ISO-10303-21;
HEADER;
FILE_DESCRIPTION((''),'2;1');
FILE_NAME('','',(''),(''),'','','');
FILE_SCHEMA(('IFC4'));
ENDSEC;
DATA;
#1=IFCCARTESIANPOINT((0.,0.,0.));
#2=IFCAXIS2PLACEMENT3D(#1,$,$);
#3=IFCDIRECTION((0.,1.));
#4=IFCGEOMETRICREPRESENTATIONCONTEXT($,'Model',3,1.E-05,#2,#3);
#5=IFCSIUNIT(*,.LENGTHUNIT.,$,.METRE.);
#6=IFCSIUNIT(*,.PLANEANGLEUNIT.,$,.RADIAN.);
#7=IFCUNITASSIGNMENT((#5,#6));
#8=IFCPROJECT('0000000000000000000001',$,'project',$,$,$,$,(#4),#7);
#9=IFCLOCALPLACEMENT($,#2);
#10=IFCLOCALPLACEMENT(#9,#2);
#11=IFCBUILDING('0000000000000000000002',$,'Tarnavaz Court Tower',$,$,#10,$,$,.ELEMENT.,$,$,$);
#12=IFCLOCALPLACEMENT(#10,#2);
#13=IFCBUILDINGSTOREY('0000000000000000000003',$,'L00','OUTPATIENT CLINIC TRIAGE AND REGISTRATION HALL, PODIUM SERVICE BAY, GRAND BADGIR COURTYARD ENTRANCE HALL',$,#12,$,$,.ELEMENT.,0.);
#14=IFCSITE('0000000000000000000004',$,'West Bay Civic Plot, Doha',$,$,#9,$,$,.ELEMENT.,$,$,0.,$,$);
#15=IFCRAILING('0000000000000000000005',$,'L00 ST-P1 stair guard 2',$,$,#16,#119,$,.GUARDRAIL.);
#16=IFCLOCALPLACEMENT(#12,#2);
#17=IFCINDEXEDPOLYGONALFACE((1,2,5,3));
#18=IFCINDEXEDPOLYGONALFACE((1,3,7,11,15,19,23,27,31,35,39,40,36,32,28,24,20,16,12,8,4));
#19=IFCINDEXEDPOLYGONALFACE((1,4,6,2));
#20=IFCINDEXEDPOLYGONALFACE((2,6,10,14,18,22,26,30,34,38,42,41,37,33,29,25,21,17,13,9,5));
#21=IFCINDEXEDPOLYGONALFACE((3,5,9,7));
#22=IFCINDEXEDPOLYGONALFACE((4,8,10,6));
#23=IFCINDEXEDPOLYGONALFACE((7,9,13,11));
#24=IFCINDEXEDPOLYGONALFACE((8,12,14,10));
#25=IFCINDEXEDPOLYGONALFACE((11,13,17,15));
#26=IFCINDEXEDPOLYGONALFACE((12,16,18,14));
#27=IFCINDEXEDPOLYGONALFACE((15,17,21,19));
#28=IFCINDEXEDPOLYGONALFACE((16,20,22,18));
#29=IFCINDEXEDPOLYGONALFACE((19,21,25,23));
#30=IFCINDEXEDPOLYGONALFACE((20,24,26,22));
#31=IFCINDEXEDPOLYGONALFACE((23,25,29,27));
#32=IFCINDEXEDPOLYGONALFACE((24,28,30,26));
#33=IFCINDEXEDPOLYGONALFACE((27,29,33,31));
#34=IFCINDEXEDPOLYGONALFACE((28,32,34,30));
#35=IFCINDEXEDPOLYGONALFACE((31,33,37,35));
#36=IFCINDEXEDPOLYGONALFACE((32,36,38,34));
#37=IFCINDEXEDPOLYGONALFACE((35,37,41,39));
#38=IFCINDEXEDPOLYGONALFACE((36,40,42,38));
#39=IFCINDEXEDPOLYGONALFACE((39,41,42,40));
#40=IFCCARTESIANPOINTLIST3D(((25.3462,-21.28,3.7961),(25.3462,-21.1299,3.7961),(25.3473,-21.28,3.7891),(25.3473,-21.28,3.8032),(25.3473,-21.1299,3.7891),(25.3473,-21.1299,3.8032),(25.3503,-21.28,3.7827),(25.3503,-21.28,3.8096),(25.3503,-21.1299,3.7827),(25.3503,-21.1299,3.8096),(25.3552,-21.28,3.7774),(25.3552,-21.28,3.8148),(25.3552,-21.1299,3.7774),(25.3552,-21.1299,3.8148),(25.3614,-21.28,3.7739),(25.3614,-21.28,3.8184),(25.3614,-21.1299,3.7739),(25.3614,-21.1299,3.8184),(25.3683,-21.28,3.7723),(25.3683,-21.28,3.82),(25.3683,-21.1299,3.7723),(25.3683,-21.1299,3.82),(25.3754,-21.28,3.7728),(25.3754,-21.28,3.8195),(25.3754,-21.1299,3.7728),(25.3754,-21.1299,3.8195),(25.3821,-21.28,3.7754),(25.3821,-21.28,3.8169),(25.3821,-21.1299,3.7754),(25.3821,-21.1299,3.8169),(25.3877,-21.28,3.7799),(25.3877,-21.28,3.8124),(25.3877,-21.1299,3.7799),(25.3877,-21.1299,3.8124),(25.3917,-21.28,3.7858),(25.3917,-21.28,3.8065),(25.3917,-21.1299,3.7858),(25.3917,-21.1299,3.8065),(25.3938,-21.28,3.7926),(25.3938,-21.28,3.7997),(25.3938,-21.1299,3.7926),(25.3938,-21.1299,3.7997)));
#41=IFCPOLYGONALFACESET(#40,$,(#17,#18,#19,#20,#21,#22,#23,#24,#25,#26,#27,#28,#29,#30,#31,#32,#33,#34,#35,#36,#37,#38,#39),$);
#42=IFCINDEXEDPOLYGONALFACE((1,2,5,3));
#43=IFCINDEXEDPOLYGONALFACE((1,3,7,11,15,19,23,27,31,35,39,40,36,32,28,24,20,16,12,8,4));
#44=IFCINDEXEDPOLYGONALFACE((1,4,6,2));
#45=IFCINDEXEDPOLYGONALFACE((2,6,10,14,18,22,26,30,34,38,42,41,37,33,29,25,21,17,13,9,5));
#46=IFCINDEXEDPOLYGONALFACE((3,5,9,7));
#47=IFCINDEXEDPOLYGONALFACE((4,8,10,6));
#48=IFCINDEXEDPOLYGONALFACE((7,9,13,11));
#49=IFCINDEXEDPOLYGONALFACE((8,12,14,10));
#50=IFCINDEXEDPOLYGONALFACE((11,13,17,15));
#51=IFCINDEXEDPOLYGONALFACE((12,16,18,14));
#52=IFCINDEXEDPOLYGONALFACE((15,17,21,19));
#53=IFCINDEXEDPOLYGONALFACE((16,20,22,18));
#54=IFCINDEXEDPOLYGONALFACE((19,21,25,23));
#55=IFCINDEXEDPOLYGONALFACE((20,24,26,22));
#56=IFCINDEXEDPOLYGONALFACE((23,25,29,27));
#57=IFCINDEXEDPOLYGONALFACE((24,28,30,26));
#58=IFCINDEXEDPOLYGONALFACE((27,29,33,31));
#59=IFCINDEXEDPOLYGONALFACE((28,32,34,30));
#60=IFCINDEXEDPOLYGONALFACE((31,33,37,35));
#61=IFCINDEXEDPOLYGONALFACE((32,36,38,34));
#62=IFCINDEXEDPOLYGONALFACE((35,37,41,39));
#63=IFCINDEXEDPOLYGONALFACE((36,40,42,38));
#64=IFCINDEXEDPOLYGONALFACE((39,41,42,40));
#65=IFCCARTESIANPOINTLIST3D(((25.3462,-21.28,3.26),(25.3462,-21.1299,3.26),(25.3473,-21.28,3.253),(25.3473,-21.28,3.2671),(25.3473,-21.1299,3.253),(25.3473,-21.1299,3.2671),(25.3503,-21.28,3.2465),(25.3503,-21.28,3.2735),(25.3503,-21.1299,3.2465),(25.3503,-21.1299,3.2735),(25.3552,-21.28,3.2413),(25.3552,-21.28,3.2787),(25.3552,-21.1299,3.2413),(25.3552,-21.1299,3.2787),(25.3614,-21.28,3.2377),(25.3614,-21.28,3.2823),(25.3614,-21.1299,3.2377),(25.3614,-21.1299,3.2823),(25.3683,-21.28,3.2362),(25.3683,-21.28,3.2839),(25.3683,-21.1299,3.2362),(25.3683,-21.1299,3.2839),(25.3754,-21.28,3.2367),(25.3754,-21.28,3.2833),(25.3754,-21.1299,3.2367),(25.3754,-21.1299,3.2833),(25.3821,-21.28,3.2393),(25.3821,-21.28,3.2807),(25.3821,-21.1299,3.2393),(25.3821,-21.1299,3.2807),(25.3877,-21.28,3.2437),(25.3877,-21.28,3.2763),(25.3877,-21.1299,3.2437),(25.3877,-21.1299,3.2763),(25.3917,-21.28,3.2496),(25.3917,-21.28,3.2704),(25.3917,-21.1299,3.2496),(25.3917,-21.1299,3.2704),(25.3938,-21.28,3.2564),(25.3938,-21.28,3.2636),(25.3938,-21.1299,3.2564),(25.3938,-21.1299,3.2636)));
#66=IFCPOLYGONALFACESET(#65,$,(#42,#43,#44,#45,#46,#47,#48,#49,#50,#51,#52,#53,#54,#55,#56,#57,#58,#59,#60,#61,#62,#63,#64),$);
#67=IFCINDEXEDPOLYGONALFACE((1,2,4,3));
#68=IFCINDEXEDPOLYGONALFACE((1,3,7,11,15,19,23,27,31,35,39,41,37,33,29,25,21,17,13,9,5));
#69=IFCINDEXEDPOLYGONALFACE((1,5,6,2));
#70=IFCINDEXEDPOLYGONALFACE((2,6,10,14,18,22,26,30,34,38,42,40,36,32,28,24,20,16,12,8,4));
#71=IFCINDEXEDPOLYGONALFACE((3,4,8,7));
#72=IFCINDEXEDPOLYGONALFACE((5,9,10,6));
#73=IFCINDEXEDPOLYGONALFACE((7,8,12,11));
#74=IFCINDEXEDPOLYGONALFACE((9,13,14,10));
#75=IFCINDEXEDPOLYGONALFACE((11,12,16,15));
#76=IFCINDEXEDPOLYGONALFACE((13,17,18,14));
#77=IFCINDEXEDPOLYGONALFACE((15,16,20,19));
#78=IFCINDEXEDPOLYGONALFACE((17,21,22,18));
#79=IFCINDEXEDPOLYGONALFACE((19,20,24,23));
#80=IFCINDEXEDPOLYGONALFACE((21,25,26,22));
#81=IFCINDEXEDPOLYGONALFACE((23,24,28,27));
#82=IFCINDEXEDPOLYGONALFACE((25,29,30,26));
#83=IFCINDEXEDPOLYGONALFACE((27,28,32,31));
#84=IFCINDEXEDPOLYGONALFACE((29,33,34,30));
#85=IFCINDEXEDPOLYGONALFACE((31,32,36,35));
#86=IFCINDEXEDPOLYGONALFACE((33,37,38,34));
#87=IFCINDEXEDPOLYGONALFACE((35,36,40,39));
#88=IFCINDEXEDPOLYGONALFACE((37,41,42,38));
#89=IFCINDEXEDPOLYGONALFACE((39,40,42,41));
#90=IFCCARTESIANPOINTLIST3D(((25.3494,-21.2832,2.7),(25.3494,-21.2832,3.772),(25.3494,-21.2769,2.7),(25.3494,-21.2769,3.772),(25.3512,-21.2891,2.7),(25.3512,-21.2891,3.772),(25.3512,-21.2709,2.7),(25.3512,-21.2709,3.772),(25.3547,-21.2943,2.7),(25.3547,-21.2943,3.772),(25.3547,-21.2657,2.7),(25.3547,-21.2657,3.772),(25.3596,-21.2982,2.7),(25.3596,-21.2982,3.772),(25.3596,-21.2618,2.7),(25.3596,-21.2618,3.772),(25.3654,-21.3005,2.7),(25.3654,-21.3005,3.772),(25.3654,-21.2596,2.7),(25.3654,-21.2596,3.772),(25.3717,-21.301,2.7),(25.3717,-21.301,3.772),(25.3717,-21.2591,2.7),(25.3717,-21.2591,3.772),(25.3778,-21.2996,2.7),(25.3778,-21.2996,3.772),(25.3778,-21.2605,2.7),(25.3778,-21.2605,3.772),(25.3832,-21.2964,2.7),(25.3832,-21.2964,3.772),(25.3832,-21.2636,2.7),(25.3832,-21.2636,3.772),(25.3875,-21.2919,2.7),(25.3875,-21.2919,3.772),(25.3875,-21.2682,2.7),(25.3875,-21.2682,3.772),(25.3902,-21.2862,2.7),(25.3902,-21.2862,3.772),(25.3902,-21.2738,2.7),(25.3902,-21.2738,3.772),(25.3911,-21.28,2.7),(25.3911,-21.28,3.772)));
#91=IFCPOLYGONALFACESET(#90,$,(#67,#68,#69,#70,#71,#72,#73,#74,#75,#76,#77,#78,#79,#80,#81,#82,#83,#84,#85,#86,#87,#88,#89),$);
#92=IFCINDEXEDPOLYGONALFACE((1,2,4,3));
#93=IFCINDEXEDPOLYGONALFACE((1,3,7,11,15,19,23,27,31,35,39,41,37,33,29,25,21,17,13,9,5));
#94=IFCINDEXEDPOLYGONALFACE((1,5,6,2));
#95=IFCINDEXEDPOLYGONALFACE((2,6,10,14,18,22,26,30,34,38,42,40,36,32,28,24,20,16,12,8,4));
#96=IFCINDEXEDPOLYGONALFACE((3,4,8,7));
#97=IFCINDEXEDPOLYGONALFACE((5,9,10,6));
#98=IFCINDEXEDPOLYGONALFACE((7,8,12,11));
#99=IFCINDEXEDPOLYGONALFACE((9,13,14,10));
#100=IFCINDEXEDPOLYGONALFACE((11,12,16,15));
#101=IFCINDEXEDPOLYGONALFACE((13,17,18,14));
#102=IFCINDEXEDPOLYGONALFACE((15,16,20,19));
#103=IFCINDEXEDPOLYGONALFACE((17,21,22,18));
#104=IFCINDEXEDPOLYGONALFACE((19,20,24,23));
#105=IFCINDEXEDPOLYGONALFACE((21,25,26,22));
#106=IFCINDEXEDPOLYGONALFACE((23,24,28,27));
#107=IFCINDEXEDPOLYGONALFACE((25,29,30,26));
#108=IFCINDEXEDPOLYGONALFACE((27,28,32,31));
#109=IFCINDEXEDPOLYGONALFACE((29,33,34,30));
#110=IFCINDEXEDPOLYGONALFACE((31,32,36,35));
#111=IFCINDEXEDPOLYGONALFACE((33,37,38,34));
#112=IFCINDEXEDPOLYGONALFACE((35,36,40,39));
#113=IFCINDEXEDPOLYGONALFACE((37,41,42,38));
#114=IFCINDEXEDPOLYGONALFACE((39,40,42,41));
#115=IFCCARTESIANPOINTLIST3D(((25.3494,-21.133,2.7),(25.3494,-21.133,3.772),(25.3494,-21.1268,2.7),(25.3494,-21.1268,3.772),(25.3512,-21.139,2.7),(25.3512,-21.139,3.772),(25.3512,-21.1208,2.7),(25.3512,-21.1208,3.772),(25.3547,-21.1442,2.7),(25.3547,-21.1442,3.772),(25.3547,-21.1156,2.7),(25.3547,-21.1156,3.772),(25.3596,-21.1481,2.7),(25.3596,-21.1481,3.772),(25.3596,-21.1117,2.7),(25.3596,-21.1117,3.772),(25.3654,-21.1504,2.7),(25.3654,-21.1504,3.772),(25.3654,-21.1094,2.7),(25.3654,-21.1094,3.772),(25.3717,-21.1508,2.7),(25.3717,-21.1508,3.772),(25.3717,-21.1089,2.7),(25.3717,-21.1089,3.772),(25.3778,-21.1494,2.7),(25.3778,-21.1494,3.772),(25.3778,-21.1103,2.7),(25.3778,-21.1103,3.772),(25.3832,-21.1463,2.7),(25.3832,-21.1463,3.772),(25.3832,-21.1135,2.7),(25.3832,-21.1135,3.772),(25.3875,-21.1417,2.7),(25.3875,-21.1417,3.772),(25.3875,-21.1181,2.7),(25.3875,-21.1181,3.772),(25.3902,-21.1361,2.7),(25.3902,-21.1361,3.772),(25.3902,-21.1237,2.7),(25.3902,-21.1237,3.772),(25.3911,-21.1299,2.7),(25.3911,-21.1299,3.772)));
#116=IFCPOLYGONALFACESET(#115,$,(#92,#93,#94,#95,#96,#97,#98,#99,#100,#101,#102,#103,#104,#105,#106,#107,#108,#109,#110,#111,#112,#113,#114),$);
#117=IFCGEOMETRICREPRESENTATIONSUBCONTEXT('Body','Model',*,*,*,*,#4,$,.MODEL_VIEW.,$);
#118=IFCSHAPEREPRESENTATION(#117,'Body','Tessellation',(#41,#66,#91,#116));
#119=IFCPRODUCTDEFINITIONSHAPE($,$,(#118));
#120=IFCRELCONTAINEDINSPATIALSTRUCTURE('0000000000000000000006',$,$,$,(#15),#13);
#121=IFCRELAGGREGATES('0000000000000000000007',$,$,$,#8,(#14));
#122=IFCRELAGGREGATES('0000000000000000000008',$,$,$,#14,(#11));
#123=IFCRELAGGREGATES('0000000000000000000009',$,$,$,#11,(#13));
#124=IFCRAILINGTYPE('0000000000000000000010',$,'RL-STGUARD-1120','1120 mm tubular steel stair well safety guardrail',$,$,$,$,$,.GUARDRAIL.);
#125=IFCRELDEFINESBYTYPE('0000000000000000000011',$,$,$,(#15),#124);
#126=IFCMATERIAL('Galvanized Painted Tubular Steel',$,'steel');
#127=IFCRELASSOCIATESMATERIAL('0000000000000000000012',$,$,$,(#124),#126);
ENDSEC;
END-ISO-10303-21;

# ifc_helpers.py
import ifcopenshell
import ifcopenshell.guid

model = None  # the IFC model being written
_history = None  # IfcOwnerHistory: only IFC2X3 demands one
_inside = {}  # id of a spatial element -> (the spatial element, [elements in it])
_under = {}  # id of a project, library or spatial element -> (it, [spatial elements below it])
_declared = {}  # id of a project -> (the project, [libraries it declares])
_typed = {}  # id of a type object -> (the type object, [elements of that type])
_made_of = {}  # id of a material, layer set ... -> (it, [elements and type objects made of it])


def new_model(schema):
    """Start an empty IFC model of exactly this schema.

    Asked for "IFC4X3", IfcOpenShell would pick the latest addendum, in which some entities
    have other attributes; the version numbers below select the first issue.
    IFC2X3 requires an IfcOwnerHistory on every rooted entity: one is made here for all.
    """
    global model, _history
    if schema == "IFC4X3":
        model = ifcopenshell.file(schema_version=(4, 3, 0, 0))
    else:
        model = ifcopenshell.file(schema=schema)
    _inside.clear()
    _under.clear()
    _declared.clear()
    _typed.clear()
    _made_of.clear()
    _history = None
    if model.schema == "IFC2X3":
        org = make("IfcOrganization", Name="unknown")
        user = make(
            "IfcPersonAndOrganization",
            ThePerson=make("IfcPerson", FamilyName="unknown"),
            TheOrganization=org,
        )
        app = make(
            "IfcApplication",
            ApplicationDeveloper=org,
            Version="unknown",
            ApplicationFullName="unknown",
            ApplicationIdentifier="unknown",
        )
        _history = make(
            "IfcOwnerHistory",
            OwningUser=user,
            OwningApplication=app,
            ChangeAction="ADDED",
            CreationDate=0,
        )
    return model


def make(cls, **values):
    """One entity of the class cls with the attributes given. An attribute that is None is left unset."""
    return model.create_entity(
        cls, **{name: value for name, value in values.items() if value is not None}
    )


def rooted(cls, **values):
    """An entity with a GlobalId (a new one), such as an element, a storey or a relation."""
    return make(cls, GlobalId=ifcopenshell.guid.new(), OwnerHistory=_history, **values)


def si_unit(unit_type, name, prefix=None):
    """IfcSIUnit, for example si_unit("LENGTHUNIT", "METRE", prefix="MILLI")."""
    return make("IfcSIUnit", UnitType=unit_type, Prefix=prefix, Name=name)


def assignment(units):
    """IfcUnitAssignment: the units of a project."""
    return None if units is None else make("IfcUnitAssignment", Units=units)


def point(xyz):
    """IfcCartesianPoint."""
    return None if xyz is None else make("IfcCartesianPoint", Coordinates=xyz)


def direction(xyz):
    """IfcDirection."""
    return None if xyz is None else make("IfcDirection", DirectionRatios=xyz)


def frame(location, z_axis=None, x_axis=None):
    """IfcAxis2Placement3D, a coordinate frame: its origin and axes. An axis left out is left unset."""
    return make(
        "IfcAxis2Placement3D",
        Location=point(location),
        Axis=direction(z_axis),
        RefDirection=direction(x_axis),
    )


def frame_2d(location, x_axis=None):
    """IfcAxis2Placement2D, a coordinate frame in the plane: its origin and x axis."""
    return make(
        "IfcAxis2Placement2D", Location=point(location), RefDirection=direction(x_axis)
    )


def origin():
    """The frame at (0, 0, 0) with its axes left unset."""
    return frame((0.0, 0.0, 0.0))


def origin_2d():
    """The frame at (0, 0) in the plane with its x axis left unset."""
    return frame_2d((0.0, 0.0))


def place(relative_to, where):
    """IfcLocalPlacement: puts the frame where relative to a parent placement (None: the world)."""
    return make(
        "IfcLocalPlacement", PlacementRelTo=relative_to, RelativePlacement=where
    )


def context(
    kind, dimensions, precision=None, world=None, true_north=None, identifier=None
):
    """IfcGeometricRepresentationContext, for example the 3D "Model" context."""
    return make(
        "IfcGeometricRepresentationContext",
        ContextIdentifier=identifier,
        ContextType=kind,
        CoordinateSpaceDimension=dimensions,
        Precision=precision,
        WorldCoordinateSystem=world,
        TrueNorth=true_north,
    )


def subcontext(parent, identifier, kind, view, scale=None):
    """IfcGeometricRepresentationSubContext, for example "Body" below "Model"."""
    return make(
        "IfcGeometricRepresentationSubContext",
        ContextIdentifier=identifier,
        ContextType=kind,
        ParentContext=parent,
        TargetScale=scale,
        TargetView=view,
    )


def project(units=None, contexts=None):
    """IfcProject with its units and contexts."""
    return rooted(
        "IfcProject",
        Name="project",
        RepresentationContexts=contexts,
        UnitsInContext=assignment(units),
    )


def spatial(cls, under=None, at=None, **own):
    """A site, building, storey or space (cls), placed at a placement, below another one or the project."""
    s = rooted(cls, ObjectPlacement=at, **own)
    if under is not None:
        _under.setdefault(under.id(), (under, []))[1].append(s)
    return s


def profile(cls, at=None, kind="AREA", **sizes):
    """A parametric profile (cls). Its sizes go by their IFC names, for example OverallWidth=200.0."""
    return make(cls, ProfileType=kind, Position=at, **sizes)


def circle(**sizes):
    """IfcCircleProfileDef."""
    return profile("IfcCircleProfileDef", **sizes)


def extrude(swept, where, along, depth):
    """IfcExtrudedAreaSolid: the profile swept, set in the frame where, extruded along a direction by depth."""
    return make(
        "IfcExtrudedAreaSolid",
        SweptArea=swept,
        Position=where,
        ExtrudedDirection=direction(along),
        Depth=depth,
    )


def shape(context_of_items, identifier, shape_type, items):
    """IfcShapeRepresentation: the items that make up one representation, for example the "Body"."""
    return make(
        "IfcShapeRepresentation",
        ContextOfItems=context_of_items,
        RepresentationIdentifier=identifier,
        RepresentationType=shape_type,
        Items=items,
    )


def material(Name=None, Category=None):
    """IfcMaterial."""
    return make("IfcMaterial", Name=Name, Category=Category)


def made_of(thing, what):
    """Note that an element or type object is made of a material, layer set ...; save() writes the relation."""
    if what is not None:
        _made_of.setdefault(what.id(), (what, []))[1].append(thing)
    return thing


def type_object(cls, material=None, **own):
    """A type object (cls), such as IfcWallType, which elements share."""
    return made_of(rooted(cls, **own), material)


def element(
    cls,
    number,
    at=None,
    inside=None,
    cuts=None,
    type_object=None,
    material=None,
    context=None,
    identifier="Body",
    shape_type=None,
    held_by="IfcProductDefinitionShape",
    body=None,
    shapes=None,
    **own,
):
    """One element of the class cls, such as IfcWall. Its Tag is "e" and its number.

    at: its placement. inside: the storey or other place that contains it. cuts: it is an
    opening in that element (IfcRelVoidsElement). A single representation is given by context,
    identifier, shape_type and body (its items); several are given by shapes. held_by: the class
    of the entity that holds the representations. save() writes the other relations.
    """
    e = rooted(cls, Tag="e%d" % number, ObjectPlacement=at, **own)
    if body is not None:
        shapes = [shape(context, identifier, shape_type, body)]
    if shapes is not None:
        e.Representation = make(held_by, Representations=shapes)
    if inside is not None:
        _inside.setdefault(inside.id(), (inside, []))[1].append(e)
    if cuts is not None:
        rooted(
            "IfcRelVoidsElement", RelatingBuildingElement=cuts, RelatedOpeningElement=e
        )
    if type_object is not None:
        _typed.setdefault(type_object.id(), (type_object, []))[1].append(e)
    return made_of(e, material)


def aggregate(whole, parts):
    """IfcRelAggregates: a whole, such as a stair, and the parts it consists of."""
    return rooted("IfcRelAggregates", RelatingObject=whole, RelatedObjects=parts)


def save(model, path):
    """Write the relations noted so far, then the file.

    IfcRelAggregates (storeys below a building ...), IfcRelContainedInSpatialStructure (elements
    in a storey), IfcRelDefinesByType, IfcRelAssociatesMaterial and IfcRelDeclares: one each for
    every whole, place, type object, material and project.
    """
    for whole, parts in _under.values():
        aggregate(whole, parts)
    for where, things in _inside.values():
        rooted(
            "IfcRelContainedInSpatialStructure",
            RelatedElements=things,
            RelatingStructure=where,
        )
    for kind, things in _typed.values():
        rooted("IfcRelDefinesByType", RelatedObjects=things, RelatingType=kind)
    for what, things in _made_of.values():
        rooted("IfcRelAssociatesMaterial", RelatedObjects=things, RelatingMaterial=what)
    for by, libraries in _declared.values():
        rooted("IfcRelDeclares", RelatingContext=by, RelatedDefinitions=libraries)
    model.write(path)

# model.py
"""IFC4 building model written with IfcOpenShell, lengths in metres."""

from ifc_helpers import new_model, si_unit, direction, frame, origin, origin_2d, place, context, subcontext, project, spatial, circle, extrude, material, type_object, element, save


model = new_model("IFC4")

# Units and contexts
model_context = context("Model", 3, precision=1e-05, world=origin(), true_north=direction((0.0, 1.0)))
body_context = subcontext(model_context, "Body", "Model", "MODEL_VIEW")
ifc_project = project(units=[si_unit("LENGTHUNIT", "METRE"), si_unit("PLANEANGLEUNIT", "RADIAN")], contexts=[model_context])

# Site, building, storey
site_placement = place(None, origin())
site = spatial("IfcSite", under=ifc_project, at=site_placement, Name="West Bay Civic Plot, Doha", CompositionType="ELEMENT", RefElevation=0.0)
building_placement = place(site_placement, origin())
building = spatial("IfcBuilding", under=site, at=building_placement, Name="Tarnavaz Court Tower", CompositionType="ELEMENT")
storey_placement = place(building_placement, origin())
storey = spatial("IfcBuildingStorey", under=building, at=storey_placement, Name="L00", Description="OUTPATIENT CLINIC TRIAGE AND REGISTRATION HALL, PODIUM SERVICE BAY, GRAND BADGIR COURTYARD ENTRANCE HALL", CompositionType="ELEMENT", Elevation=0.0)

# Railing
ifc_material_1 = material(Name="Galvanized Painted Tubular Steel", Category="steel")
railing_type_1 = type_object("IfcRailingType", Name="RL-STGUARD-1120", Description="1120 mm tubular steel stair well safety guardrail", PredefinedType="GUARDRAIL", material=ifc_material_1)
railing_1_placement = place(storey_placement, frame((25.3701, -21.28, 2.7)))
element("IfcRailing", 1, at=railing_1_placement, inside=storey, type_object=railing_type_1, Name="L00 ST-P1 stair guard 2", PredefinedType="GUARDRAIL", context=body_context, shape_type="SweptSolid", body=[
    extrude(circle(Radius=0.0239, at=origin_2d()), frame((0.0, 0.0, 1.0962), z_axis=(0.0, 1.0, 0.0), x_axis=(-1.0, 0.0, 0.0)), (0.0, 0.0, 1.0), 0.1501),
    extrude(circle(Radius=0.0239, at=origin_2d()), frame((0.0, 0.0, 0.5601), z_axis=(0.0, 1.0, 0.0), x_axis=(-1.0, 0.0, 0.0)), (0.0, 0.0, 1.0), 0.1501),
    extrude(circle(Radius=0.021, at=origin_2d()), origin(), (0.0, 0.0, 1.0), 1.072),
    extrude(circle(Radius=0.021, at=origin_2d()), frame((0.0, 0.1501, 0.0)), (0.0, 0.0, 1.0), 1.072),
])

save(model, "model.ifc")
